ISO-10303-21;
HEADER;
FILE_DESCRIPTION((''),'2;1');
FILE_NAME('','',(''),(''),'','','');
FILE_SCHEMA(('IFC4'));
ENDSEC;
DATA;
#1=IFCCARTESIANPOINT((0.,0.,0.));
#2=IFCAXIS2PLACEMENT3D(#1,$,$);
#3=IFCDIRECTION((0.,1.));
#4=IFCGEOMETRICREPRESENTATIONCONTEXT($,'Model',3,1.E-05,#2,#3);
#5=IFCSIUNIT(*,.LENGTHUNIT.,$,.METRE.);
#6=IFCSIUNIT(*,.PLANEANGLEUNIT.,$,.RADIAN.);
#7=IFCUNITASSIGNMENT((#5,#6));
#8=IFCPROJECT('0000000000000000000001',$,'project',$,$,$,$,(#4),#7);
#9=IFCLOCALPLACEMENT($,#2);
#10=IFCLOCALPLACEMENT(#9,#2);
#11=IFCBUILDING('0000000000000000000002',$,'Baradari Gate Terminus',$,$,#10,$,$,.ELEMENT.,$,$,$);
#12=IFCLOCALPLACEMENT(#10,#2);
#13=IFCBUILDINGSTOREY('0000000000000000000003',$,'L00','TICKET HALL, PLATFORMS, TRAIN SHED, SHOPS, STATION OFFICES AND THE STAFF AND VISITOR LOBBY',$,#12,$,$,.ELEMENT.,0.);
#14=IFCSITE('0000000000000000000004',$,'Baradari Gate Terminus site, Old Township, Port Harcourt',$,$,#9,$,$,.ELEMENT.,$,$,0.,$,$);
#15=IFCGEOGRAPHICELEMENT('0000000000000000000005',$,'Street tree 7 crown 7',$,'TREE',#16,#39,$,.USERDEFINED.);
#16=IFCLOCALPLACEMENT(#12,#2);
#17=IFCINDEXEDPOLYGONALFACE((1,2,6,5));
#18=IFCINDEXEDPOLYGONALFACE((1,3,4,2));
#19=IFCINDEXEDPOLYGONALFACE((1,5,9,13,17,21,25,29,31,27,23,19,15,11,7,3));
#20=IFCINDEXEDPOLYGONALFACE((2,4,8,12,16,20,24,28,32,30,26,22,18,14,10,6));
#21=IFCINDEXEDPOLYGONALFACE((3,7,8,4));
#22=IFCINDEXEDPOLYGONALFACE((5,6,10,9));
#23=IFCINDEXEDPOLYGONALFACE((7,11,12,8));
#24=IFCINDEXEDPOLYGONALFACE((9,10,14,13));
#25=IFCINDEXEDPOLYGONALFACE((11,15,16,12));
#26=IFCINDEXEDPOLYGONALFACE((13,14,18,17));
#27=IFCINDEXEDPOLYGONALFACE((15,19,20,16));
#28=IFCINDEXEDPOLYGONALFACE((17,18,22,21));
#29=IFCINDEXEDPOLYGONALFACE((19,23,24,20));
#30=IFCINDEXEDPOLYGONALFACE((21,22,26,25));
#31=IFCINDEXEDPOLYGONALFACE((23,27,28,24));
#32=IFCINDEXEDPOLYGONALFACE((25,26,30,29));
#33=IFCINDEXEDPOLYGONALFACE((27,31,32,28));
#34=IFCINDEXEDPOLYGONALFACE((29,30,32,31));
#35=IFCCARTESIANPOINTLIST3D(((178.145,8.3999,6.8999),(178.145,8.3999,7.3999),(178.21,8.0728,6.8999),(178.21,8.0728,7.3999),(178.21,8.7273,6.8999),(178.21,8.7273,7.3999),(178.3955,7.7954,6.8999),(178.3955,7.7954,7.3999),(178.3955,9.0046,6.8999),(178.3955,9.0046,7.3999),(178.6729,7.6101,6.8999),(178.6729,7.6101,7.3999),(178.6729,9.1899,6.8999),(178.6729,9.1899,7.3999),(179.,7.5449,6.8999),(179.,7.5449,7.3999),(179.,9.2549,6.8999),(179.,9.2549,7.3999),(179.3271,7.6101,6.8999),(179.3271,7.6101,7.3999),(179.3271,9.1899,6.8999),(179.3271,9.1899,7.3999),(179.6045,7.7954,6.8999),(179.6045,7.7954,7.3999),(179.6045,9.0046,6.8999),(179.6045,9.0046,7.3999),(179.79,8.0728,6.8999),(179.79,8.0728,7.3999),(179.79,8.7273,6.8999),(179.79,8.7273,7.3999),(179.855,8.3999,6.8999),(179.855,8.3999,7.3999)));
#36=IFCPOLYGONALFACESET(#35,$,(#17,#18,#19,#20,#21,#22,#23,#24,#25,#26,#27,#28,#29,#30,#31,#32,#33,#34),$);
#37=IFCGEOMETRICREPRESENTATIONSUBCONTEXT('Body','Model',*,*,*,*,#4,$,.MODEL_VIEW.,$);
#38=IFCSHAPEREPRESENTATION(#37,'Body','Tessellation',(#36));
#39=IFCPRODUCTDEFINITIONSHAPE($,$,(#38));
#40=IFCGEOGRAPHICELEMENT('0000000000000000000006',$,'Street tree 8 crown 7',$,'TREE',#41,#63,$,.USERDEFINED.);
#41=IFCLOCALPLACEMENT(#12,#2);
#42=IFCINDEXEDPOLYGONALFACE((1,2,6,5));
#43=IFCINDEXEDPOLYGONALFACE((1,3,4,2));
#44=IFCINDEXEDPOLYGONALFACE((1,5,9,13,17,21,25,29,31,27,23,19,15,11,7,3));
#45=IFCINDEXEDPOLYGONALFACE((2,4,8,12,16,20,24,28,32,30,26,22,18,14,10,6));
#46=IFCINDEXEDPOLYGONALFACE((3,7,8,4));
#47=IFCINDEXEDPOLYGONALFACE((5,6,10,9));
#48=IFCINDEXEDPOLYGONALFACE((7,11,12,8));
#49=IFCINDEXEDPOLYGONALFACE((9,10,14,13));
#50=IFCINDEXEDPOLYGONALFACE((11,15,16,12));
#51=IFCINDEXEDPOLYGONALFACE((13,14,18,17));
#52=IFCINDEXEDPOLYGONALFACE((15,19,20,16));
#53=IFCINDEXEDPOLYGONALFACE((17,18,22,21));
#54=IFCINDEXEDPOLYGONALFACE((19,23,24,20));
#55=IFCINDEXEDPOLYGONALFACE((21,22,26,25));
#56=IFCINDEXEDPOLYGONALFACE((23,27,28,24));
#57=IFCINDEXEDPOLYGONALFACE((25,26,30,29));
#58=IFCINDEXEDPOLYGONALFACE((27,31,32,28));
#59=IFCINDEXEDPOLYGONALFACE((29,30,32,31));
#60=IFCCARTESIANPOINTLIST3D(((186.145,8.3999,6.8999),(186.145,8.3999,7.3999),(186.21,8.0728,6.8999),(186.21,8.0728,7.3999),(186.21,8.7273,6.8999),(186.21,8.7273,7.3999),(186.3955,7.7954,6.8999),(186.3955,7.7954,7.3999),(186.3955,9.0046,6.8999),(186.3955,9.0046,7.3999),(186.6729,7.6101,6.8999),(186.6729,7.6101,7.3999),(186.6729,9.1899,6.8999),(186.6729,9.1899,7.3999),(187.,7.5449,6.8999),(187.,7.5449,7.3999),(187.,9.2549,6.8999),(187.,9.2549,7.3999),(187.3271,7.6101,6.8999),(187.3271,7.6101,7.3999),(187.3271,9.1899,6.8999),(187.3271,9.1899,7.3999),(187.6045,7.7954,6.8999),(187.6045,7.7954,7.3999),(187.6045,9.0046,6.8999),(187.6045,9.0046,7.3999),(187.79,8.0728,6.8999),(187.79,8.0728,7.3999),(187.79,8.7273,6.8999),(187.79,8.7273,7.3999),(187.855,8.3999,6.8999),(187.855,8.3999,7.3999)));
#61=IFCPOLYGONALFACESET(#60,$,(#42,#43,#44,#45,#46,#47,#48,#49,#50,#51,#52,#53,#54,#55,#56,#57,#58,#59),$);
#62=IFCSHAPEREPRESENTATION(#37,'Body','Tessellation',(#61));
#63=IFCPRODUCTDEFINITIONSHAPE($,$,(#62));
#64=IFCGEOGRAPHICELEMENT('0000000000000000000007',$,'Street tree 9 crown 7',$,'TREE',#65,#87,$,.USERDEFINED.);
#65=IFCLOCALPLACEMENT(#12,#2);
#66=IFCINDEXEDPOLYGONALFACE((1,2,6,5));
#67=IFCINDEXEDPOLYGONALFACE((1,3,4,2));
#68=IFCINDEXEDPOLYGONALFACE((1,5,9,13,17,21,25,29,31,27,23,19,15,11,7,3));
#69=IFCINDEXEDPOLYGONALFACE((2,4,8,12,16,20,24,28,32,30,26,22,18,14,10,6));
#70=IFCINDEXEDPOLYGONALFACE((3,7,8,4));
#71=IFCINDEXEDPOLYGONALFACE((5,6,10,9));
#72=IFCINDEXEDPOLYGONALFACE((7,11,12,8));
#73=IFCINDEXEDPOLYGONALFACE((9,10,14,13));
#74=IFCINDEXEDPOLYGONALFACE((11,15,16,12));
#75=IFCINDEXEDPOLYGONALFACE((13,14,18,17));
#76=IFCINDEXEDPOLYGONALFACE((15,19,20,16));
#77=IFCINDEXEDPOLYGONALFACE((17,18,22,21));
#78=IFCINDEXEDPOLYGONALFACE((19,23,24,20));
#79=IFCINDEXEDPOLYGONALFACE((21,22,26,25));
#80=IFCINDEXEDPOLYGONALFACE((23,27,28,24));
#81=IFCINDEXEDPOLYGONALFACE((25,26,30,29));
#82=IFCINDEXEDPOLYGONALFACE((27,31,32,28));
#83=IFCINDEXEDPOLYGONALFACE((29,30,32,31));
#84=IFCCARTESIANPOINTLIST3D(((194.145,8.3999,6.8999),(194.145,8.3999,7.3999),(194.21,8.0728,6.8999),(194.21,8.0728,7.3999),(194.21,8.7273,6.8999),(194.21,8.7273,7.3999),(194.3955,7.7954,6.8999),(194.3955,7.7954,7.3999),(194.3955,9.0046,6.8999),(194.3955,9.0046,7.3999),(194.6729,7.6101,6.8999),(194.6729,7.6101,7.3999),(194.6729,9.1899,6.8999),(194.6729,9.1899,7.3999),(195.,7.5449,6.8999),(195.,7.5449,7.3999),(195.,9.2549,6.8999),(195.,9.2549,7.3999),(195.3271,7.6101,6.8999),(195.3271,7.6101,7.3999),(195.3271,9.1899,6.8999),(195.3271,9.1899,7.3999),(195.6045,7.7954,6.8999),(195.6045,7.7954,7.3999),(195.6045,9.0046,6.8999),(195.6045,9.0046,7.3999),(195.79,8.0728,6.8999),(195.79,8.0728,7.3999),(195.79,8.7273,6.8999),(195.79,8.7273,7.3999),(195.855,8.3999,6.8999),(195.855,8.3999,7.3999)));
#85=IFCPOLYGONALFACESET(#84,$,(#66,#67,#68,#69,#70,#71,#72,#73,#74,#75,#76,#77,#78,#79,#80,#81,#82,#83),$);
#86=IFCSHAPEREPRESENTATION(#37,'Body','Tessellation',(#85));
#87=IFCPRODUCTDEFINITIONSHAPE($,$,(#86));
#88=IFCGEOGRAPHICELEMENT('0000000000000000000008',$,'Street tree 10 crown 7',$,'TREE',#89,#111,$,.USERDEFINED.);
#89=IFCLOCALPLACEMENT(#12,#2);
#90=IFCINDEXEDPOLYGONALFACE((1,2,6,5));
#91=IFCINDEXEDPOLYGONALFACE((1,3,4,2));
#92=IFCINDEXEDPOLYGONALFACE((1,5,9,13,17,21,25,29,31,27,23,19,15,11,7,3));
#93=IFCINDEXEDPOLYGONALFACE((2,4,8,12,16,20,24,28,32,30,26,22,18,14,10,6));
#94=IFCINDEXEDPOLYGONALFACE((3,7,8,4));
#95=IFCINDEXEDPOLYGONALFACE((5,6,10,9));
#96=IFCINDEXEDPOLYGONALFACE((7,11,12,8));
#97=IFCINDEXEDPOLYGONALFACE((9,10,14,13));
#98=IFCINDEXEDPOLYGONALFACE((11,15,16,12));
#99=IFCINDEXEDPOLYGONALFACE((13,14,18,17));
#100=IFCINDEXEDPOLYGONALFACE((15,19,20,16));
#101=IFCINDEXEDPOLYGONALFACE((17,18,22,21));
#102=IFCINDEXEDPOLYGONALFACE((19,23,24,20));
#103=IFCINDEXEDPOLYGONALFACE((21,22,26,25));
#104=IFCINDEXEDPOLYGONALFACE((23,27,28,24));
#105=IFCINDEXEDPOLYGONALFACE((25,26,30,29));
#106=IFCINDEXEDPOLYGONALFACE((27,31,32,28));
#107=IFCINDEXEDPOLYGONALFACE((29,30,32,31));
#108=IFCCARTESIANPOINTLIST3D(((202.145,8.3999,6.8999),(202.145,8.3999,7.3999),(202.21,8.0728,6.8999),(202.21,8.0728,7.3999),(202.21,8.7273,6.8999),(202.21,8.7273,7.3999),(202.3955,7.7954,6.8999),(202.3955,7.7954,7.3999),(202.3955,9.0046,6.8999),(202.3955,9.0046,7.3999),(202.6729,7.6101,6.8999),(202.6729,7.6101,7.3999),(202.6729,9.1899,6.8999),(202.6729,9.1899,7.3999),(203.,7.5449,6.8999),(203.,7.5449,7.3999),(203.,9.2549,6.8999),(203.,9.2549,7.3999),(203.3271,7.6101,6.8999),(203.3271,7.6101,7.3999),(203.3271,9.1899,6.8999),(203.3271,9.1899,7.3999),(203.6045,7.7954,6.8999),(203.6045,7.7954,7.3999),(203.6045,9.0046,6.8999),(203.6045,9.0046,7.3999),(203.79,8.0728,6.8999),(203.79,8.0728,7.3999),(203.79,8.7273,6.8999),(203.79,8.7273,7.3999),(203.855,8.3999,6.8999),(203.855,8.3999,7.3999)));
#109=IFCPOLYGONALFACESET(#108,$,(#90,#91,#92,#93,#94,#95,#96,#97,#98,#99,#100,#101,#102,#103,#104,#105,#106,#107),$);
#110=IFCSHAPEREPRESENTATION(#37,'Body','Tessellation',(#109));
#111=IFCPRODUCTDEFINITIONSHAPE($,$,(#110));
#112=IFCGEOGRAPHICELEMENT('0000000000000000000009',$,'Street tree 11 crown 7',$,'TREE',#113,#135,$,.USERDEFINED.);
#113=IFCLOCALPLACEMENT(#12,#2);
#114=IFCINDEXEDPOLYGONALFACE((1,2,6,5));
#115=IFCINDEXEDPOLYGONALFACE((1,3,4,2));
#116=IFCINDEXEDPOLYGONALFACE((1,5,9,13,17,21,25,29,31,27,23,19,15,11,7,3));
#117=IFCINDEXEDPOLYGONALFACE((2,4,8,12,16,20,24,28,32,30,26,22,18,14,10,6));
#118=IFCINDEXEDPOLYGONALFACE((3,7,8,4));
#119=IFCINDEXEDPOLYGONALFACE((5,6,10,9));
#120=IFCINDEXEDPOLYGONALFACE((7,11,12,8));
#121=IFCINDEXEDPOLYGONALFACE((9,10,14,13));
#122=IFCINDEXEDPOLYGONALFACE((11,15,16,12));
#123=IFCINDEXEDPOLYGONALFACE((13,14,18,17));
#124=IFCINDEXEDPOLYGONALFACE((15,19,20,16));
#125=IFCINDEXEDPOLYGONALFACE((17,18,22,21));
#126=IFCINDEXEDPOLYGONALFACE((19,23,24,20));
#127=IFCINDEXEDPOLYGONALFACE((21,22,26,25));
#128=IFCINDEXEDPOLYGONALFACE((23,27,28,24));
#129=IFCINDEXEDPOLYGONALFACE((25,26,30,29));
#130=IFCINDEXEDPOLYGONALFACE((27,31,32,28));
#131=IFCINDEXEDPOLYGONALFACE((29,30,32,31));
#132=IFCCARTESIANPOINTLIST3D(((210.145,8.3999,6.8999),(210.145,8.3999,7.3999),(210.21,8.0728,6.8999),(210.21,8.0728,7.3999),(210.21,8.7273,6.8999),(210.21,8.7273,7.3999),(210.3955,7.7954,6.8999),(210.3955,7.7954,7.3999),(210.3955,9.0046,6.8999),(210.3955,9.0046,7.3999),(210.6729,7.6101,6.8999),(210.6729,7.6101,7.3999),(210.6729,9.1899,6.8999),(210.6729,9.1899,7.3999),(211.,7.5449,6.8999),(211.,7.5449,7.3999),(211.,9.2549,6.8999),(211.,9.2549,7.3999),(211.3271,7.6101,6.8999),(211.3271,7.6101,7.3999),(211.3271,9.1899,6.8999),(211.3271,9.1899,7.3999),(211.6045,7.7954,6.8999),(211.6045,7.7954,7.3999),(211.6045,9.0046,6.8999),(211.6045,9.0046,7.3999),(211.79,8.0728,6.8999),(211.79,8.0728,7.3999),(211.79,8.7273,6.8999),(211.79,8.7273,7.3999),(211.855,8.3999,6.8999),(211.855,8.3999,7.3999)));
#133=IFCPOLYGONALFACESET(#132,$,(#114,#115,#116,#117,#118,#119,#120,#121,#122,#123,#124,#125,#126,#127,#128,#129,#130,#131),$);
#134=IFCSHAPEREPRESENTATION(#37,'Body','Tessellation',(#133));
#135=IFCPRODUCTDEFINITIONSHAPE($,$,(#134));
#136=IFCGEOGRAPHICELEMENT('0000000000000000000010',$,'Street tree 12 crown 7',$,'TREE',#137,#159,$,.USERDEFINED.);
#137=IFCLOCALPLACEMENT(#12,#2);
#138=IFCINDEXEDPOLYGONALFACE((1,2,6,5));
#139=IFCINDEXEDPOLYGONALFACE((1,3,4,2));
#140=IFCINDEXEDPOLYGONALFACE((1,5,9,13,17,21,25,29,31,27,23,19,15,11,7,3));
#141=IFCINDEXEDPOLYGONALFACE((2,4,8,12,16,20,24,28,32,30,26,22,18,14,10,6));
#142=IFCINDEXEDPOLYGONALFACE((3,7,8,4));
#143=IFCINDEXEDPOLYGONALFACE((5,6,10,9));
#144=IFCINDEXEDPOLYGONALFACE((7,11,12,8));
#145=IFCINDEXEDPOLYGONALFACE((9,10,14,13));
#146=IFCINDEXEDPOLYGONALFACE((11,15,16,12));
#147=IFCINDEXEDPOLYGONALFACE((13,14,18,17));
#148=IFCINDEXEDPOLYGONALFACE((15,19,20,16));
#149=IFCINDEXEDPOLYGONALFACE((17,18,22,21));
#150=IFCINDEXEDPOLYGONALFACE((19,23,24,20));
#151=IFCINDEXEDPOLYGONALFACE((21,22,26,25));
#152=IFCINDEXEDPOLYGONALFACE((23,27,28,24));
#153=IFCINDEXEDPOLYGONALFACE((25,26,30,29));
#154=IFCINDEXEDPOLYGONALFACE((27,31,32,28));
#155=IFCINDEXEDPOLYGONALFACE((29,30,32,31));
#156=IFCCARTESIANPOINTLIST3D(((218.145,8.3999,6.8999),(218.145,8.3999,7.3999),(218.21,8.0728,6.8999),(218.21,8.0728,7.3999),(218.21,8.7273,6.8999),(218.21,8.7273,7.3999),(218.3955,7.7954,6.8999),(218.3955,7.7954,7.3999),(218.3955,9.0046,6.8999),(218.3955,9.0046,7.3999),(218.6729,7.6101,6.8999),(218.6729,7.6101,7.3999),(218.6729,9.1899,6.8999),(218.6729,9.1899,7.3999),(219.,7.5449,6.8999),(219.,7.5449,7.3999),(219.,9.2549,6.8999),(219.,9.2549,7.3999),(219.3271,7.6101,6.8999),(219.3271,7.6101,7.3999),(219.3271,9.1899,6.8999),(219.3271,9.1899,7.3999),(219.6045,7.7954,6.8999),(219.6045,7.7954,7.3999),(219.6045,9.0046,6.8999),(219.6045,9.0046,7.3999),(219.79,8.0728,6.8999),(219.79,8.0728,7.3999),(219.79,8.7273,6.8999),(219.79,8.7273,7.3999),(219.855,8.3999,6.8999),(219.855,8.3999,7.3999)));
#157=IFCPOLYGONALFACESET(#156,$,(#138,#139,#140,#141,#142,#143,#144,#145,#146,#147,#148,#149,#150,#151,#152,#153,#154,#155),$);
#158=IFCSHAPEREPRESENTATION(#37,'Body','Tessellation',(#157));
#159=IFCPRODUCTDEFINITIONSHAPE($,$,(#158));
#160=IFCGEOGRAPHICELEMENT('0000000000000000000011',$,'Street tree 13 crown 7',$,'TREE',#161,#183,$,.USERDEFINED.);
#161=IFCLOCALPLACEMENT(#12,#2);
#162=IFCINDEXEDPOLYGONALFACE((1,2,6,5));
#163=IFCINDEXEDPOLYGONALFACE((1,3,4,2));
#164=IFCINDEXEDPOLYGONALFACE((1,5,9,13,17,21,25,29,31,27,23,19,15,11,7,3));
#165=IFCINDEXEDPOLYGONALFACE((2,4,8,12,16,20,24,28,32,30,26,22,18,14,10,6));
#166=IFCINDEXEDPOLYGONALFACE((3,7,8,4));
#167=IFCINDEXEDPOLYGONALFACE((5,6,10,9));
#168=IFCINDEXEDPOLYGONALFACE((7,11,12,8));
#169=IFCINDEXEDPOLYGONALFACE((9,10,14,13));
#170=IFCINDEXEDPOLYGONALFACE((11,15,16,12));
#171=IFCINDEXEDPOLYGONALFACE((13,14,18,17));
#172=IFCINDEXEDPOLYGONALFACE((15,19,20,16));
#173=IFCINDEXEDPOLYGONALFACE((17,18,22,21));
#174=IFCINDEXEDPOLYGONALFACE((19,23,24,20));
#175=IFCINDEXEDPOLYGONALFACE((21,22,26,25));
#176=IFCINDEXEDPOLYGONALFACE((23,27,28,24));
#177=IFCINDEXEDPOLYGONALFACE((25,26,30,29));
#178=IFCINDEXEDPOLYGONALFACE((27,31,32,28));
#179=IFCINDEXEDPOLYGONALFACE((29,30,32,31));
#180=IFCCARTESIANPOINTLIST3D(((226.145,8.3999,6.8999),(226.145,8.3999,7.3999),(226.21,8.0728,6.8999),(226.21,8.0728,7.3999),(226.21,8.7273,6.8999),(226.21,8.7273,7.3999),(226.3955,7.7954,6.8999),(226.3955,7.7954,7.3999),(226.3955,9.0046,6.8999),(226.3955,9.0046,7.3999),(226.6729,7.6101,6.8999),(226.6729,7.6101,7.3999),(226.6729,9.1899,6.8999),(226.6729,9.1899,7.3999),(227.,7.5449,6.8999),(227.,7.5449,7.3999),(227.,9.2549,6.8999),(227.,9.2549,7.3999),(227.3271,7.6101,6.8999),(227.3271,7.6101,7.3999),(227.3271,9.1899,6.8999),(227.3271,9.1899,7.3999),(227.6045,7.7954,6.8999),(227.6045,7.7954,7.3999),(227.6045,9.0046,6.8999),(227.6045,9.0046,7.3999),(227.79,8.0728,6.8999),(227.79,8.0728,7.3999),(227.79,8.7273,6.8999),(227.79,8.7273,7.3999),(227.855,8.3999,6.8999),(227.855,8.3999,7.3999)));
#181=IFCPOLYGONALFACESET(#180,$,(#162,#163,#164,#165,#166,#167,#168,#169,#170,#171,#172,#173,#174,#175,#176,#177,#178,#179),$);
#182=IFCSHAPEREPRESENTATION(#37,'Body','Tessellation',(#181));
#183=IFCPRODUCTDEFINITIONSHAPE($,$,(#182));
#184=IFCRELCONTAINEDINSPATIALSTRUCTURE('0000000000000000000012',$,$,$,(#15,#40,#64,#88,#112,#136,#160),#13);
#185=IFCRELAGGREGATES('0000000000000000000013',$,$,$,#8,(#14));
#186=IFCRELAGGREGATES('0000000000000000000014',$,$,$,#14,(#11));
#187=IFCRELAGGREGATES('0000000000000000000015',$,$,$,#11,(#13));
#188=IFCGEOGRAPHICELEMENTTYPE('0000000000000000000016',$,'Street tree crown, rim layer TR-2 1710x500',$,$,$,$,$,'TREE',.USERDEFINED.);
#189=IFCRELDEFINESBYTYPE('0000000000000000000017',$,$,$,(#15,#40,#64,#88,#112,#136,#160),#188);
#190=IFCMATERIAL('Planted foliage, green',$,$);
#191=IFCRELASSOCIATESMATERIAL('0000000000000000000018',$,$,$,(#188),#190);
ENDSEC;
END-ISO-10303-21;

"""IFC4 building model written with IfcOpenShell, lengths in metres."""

from ifc_helpers import new_model, si_unit, direction, frame, origin, place, context, subcontext, project, spatial, polyline, outline, extrude, material, type_object, element, save


model = new_model("IFC4")

# Units and contexts
model_context = context("Model", 3, precision=1e-05, world=origin(), true_north=direction((0.0, 1.0)))
body_context = subcontext(model_context, "Body", "Model", "MODEL_VIEW")
ifc_project = project(units=[si_unit("LENGTHUNIT", "METRE"), si_unit("PLANEANGLEUNIT", "RADIAN")], contexts=[model_context])

# Site, building, storey
site_placement = place(None, origin())
site = spatial("IfcSite", under=ifc_project, at=site_placement, Name="Baradari Gate Terminus site, Old Township, Port Harcourt", CompositionType="ELEMENT", RefElevation=0.0)
building_placement = place(site_placement, origin())
building = spatial("IfcBuilding", under=site, at=building_placement, Name="Baradari Gate Terminus", CompositionType="ELEMENT")
storey_placement = place(building_placement, origin())
storey = spatial("IfcBuildingStorey", under=building, at=storey_placement, Name="L00", Description="TICKET HALL, PLATFORMS, TRAIN SHED, SHOPS, STATION OFFICES AND THE STAFF AND VISITOR LOBBY", CompositionType="ELEMENT", Elevation=0.0)

# Geographic elements
ifc_material_1 = material(Name="Planted foliage, green")
geographic_element_type_1 = type_object("IfcGeographicElementType", Name="Street tree crown, rim layer TR-2 1710x500", ElementType="TREE", PredefinedType="USERDEFINED", material=ifc_material_1)
geographic_element_1_placement = place(storey_placement, frame((0.0, 0.0, 6.8999)))
element("IfcGeographicElement", 1, at=geographic_element_1_placement, inside=storey, type_object=geographic_element_type_1, Name="Street tree 7 crown 7", ObjectType="TREE", PredefinedType="USERDEFINED", context=body_context, shape_type="SweptSolid", body=[
    extrude(outline(polyline([(179.855, 8.3999), (179.79, 8.7273), (179.6045, 9.0046), (179.3271, 9.1899), (179.0, 9.2549), (178.6729, 9.1899), (178.3955, 9.0046), (178.21, 8.7273), (178.145, 8.3999), (178.21, 8.0728), (178.3955, 7.7954), (178.6729, 7.6101), (179.0, 7.5449), (179.3271, 7.6101), (179.6045, 7.7954), (179.79, 8.0728), (179.855, 8.3999)])), origin(), (0.0, 0.0, 1.0), 0.5),
])
geographic_element_2_placement = place(storey_placement, frame((0.0, 0.0, 6.8999)))
element("IfcGeographicElement", 2, at=geographic_element_2_placement, inside=storey, type_object=geographic_element_type_1, Name="Street tree 8 crown 7", ObjectType="TREE", PredefinedType="USERDEFINED", context=body_context, shape_type="SweptSolid", body=[
    extrude(outline(polyline([(187.855, 8.3999), (187.79, 8.7273), (187.6045, 9.0046), (187.3271, 9.1899), (187.0, 9.2549), (186.6729, 9.1899), (186.3955, 9.0046), (186.21, 8.7273), (186.145, 8.3999), (186.21, 8.0728), (186.3955, 7.7954), (186.6729, 7.6101), (187.0, 7.5449), (187.3271, 7.6101), (187.6045, 7.7954), (187.79, 8.0728), (187.855, 8.3999)])), origin(), (0.0, 0.0, 1.0), 0.5),
])
geographic_element_3_placement = place(storey_placement, frame((0.0, 0.0, 6.8999)))
element("IfcGeographicElement", 3, at=geographic_element_3_placement, inside=storey, type_object=geographic_element_type_1, Name="Street tree 9 crown 7", ObjectType="TREE", PredefinedType="USERDEFINED", context=body_context, shape_type="SweptSolid", body=[
    extrude(outline(polyline([(195.855, 8.3999), (195.79, 8.7273), (195.6045, 9.0046), (195.3271, 9.1899), (195.0, 9.2549), (194.6729, 9.1899), (194.3955, 9.0046), (194.21, 8.7273), (194.145, 8.3999), (194.21, 8.0728), (194.3955, 7.7954), (194.6729, 7.6101), (195.0, 7.5449), (195.3271, 7.6101), (195.6045, 7.7954), (195.79, 8.0728), (195.855, 8.3999)])), origin(), (0.0, 0.0, 1.0), 0.5),
])
geographic_element_4_placement = place(storey_placement, frame((0.0, 0.0, 6.8999)))
element("IfcGeographicElement", 4, at=geographic_element_4_placement, inside=storey, type_object=geographic_element_type_1, Name="Street tree 10 crown 7", ObjectType="TREE", PredefinedType="USERDEFINED", context=body_context, shape_type="SweptSolid", body=[
    extrude(outline(polyline([(203.855, 8.3999), (203.79, 8.7273), (203.6045, 9.0046), (203.3271, 9.1899), (203.0, 9.2549), (202.6729, 9.1899), (202.3955, 9.0046), (202.21, 8.7273), (202.145, 8.3999), (202.21, 8.0728), (202.3955, 7.7954), (202.6729, 7.6101), (203.0, 7.5449), (203.3271, 7.6101), (203.6045, 7.7954), (203.79, 8.0728), (203.855, 8.3999)])), origin(), (0.0, 0.0, 1.0), 0.5),
])
geographic_element_5_placement = place(storey_placement, frame((0.0, 0.0, 6.8999)))
element("IfcGeographicElement", 5, at=geographic_element_5_placement, inside=storey, type_object=geographic_element_type_1, Name="Street tree 11 crown 7", ObjectType="TREE", PredefinedType="USERDEFINED", context=body_context, shape_type="SweptSolid", body=[
    extrude(outline(polyline([(211.855, 8.3999), (211.79, 8.7273), (211.6045, 9.0046), (211.3271, 9.1899), (211.0, 9.2549), (210.6729, 9.1899), (210.3955, 9.0046), (210.21, 8.7273), (210.145, 8.3999), (210.21, 8.0728), (210.3955, 7.7954), (210.6729, 7.6101), (211.0, 7.5449), (211.3271, 7.6101), (211.6045, 7.7954), (211.79, 8.0728), (211.855, 8.3999)])), origin(), (0.0, 0.0, 1.0), 0.5),
])
geographic_element_6_placement = place(storey_placement, frame((0.0, 0.0, 6.8999)))
element("IfcGeographicElement", 6, at=geographic_element_6_placement, inside=storey, type_object=geographic_element_type_1, Name="Street tree 12 crown 7", ObjectType="TREE", PredefinedType="USERDEFINED", context=body_context, shape_type="SweptSolid", body=[
    extrude(outline(polyline([(219.855, 8.3999), (219.79, 8.7273), (219.6045, 9.0046), (219.3271, 9.1899), (219.0, 9.2549), (218.6729, 9.1899), (218.3955, 9.0046), (218.21, 8.7273), (218.145, 8.3999), (218.21, 8.0728), (218.3955, 7.7954), (218.6729, 7.6101), (219.0, 7.5449), (219.3271, 7.6101), (219.6045, 7.7954), (219.79, 8.0728), (219.855, 8.3999)])), origin(), (0.0, 0.0, 1.0), 0.5),
])
geographic_element_7_placement = place(storey_placement, frame((0.0, 0.0, 6.8999)))
element("IfcGeographicElement", 7, at=geographic_element_7_placement, inside=storey, type_object=geographic_element_type_1, Name="Street tree 13 crown 7", ObjectType="TREE", PredefinedType="USERDEFINED", context=body_context, shape_type="SweptSolid", body=[
    extrude(outline(polyline([(227.855, 8.3999), (227.79, 8.7273), (227.6045, 9.0046), (227.3271, 9.1899), (227.0, 9.2549), (226.6729, 9.1899), (226.3955, 9.0046), (226.21, 8.7273), (226.145, 8.3999), (226.21, 8.0728), (226.3955, 7.7954), (226.6729, 7.6101), (227.0, 7.5449), (227.3271, 7.6101), (227.6045, 7.7954), (227.79, 8.0728), (227.855, 8.3999)])), origin(), (0.0, 0.0, 1.0), 0.5),
])

save(model, "model.ifc")
